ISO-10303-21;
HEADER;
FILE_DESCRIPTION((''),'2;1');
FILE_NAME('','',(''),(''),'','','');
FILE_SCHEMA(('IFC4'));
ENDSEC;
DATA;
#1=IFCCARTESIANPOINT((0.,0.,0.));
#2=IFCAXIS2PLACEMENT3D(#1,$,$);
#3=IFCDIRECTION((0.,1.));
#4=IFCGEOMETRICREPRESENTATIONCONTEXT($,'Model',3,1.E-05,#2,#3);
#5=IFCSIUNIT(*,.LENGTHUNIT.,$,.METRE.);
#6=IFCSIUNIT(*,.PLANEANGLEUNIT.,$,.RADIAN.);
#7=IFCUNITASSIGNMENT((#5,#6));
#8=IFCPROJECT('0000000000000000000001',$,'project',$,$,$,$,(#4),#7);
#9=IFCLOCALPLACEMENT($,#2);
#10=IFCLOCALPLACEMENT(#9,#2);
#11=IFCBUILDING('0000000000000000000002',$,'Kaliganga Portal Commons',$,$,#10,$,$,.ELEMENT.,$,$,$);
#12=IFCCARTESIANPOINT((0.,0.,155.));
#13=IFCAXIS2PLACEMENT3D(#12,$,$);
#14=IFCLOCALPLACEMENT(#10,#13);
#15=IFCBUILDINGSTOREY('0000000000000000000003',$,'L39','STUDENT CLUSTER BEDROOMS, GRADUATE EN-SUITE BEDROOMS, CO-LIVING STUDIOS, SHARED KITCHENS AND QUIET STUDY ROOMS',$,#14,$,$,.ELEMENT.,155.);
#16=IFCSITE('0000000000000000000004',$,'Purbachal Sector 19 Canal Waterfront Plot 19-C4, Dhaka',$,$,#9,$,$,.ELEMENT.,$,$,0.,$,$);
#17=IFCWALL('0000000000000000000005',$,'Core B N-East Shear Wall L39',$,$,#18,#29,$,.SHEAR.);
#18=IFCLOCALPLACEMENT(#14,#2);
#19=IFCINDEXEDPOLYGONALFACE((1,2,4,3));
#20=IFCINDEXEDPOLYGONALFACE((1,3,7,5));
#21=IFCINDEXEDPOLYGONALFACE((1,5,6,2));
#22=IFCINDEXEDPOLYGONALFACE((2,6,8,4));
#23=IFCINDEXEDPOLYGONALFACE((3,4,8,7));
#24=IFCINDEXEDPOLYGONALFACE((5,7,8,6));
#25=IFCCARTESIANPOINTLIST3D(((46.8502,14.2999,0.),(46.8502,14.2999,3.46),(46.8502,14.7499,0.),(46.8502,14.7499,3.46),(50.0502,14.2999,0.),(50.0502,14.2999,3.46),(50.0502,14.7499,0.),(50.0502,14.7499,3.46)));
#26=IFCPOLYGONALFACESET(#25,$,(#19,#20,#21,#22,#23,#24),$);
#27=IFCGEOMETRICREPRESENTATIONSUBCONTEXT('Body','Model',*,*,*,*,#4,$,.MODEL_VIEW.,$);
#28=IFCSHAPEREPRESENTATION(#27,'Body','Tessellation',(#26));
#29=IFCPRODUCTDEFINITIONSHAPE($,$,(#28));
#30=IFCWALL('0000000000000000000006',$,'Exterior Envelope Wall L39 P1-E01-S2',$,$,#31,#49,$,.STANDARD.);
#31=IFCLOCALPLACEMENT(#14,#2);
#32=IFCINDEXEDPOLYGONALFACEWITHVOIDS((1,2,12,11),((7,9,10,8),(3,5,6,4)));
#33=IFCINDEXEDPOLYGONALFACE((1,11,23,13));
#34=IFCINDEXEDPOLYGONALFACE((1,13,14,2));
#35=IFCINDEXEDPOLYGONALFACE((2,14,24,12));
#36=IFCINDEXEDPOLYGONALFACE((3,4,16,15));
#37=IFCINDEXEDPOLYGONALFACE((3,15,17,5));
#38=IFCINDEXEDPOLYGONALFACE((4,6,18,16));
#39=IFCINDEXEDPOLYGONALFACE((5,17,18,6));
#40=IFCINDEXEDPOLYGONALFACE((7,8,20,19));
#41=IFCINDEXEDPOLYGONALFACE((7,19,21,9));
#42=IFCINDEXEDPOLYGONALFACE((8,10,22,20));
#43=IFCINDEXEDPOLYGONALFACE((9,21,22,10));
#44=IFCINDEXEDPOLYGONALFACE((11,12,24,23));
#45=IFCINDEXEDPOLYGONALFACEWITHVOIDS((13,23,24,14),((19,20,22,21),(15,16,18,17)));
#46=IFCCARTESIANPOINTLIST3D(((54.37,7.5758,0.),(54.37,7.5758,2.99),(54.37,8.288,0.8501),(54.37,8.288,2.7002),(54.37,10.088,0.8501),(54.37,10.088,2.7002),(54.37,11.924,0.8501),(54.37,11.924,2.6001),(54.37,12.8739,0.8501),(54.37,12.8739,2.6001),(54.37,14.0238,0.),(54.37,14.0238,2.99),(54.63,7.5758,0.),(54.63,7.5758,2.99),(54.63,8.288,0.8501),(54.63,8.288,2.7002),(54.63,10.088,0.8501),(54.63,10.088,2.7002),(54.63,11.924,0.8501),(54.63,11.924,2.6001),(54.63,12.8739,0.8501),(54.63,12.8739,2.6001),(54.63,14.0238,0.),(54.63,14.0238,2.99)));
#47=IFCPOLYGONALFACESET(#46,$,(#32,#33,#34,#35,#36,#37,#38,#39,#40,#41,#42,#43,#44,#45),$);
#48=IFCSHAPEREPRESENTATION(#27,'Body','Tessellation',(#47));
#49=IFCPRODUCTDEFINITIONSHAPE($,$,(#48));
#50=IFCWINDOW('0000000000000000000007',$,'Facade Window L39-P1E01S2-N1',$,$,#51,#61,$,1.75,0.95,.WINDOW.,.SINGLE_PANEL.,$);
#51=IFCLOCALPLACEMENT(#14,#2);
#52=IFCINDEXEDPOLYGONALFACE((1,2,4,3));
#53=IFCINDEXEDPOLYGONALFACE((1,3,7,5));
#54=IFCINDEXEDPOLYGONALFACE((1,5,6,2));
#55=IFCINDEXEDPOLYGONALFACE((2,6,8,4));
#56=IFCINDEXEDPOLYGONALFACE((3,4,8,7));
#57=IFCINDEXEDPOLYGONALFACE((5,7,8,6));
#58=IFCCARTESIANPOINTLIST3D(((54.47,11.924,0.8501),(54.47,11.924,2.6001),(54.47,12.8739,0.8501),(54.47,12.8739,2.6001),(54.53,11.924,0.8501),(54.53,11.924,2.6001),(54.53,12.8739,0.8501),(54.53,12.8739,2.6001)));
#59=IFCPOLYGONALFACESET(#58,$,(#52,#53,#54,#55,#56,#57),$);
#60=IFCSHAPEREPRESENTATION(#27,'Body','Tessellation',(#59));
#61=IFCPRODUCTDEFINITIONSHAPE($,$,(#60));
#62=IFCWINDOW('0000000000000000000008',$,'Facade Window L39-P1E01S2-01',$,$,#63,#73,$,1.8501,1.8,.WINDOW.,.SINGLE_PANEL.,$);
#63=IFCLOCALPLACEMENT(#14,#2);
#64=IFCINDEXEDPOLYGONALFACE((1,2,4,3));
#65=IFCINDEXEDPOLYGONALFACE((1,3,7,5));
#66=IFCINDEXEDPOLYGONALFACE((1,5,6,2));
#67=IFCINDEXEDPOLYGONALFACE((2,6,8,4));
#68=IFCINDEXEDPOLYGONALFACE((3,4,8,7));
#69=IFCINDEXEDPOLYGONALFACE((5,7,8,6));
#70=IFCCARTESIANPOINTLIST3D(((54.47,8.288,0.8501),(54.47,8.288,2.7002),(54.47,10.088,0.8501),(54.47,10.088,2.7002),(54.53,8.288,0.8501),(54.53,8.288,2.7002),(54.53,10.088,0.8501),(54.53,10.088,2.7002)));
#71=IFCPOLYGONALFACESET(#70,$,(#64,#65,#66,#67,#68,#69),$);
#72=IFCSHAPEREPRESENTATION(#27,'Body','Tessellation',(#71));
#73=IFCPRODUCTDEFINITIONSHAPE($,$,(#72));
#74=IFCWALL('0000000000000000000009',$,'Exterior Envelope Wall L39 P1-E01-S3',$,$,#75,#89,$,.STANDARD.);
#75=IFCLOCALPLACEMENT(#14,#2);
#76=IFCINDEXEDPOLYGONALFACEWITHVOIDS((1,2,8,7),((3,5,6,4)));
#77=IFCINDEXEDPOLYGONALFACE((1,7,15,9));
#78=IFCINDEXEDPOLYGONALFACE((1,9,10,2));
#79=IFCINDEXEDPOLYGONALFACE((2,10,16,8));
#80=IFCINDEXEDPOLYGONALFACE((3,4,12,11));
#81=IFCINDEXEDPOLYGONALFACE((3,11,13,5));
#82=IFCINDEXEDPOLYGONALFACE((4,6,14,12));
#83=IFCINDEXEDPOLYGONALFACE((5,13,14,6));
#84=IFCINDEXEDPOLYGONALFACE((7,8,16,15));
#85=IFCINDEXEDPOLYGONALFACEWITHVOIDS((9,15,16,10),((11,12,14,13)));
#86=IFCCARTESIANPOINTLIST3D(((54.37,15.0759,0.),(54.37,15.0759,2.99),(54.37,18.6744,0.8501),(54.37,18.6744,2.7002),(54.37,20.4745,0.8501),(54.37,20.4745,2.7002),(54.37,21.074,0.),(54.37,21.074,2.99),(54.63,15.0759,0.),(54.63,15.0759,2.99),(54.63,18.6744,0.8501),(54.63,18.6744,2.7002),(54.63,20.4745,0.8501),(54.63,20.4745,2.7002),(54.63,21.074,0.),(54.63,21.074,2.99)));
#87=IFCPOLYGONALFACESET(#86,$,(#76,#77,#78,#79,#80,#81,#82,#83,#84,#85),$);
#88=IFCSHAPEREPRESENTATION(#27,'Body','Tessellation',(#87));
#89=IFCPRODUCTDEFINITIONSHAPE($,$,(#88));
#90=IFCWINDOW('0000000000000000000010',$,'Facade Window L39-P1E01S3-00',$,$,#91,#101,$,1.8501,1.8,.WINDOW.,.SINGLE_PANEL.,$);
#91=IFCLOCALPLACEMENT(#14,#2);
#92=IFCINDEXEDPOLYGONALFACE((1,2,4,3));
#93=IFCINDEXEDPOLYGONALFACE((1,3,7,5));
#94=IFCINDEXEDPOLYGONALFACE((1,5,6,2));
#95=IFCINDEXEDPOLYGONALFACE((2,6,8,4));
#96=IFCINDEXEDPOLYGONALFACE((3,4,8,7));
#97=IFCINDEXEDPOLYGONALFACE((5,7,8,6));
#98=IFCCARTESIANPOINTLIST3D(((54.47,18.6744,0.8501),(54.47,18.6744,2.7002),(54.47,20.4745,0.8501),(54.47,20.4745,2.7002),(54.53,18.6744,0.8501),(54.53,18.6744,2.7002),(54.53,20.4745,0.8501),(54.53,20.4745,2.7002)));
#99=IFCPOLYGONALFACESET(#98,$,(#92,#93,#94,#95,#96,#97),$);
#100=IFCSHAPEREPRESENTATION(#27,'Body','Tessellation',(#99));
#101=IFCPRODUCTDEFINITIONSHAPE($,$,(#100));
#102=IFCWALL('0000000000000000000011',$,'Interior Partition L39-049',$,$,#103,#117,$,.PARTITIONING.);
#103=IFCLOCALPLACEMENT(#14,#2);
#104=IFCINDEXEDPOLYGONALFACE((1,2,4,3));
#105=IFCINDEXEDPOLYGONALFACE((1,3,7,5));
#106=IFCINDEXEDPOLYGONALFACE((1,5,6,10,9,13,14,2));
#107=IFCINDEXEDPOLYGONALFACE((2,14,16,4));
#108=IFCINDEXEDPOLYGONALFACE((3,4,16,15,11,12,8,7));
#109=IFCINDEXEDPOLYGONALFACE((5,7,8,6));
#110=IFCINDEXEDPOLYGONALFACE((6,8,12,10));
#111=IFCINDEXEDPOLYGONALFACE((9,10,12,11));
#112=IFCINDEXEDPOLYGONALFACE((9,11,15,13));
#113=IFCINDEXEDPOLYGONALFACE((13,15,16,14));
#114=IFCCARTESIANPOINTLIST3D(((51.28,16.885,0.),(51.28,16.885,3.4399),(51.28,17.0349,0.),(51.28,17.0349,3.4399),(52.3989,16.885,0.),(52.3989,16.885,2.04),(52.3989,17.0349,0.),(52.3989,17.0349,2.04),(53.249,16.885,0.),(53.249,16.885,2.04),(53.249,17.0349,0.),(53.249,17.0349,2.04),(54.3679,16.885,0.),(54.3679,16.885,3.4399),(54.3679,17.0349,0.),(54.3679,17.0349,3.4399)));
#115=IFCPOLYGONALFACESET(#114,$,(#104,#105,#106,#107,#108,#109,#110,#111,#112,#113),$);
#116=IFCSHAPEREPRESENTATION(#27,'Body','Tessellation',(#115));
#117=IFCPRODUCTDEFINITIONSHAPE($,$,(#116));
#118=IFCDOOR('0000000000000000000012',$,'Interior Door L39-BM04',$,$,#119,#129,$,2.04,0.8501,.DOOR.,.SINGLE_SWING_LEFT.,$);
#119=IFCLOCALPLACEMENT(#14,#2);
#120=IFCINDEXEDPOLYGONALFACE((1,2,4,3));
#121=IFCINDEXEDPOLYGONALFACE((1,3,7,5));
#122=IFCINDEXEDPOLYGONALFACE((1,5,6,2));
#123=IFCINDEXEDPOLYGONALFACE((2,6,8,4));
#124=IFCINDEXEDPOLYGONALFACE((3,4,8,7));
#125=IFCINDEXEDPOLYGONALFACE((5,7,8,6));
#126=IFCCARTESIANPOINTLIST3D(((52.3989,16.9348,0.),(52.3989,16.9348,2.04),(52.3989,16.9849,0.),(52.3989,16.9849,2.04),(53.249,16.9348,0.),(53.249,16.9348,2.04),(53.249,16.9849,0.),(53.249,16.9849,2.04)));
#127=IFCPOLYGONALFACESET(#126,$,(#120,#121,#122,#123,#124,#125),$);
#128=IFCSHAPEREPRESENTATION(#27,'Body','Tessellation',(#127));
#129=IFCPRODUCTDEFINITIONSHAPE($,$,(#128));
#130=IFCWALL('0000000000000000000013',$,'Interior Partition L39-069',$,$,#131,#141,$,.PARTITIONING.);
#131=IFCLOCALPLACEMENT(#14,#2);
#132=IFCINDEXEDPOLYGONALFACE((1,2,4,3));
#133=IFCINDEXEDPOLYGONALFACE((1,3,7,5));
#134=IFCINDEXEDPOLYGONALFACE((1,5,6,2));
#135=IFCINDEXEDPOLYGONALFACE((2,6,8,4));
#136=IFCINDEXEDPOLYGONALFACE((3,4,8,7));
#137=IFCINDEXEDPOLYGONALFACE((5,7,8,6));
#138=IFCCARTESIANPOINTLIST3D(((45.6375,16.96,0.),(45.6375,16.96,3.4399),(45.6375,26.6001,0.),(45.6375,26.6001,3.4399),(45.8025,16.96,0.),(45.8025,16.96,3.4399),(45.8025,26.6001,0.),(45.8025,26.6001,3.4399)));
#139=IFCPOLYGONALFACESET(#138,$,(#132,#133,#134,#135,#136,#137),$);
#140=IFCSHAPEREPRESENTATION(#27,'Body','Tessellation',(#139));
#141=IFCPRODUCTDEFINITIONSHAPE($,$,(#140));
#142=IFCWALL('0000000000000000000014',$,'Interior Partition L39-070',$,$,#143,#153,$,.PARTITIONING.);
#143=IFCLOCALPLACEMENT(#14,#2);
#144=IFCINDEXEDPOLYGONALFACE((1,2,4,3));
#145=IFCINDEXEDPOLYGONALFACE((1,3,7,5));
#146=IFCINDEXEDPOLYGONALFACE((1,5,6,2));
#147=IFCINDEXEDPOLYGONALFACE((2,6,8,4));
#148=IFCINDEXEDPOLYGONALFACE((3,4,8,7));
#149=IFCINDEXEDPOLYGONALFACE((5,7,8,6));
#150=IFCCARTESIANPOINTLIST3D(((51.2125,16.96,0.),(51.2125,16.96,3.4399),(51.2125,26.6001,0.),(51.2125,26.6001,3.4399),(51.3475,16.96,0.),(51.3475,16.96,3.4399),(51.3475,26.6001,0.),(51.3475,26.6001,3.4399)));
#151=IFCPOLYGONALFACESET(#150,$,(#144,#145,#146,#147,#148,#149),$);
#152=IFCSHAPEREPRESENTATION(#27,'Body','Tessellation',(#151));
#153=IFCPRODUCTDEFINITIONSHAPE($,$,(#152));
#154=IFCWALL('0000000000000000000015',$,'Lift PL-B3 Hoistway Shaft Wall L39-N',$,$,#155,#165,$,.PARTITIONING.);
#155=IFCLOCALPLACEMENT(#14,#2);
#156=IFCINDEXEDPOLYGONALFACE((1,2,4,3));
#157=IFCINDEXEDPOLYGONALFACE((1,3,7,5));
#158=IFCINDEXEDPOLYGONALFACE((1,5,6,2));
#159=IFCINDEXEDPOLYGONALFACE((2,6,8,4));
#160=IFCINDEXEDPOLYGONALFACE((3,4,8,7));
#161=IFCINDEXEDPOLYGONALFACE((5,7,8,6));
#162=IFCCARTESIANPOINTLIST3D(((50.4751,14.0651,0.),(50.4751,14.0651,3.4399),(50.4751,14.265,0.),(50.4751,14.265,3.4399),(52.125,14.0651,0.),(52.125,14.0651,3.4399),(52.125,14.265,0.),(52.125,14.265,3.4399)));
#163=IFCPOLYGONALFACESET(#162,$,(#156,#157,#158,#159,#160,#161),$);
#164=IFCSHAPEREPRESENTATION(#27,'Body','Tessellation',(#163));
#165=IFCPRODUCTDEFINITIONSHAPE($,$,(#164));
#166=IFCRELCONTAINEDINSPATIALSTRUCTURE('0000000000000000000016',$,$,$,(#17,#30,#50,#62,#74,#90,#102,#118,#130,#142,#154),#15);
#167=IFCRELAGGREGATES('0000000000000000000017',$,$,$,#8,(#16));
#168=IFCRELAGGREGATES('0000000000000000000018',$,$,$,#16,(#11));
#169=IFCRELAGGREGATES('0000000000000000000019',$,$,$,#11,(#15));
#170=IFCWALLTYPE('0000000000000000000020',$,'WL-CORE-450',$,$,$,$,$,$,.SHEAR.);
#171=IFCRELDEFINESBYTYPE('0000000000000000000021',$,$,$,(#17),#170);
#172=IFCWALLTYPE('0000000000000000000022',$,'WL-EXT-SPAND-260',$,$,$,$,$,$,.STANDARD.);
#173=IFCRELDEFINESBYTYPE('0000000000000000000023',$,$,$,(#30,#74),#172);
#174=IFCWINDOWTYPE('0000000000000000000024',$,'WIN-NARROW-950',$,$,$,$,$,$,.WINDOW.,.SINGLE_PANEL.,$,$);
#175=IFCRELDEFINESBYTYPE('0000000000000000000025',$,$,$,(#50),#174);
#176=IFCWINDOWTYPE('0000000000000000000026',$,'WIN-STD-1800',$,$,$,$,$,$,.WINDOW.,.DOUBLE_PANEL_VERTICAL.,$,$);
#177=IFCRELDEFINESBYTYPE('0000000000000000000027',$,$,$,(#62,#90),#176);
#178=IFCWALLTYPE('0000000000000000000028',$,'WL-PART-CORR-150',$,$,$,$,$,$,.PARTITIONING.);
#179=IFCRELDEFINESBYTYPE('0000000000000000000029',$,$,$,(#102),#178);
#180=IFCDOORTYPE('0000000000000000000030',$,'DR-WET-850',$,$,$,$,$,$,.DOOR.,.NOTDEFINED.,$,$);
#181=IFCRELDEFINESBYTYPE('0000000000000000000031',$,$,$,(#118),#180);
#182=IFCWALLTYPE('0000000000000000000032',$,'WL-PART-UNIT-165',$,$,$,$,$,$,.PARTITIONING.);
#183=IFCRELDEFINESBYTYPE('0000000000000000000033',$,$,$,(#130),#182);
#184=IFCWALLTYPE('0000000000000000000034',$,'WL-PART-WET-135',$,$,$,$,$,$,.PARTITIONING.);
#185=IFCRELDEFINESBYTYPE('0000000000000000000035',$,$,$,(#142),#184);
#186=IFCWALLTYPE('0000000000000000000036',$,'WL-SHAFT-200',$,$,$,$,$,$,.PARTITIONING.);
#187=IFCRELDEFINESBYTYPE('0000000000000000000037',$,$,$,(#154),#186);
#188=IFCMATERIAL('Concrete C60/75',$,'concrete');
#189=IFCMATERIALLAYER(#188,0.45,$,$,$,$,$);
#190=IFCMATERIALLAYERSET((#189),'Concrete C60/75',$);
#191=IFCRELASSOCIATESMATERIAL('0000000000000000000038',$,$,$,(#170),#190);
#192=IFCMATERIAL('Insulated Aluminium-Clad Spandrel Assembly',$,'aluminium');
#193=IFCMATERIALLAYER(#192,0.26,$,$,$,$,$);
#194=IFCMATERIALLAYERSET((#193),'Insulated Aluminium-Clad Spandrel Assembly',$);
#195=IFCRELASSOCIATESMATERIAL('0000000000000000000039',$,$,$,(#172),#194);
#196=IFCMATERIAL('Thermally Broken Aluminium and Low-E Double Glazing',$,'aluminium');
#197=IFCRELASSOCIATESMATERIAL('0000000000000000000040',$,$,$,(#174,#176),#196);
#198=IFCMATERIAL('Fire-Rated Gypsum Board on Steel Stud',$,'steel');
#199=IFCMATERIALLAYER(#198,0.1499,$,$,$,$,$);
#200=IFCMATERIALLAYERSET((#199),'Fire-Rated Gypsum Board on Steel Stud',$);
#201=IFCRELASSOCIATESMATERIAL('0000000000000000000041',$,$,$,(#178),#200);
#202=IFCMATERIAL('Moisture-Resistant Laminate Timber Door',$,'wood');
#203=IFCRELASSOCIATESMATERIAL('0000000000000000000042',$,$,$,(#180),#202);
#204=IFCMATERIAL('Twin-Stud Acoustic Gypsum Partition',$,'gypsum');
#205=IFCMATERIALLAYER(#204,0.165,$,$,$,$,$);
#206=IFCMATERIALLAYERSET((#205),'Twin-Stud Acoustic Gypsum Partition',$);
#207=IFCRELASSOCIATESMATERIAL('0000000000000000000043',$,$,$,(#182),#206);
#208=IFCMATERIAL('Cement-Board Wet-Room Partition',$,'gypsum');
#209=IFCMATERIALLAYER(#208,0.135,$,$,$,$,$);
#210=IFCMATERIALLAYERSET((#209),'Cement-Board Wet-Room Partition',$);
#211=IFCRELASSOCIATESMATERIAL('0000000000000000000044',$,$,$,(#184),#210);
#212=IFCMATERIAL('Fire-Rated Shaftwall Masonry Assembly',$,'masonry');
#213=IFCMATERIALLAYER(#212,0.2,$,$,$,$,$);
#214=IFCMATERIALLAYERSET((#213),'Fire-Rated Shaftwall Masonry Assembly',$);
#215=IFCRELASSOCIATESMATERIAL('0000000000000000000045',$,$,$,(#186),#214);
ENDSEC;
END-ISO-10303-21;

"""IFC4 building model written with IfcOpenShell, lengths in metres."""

from ifc_helpers import new_model, si_unit, direction, frame, frame_2d, origin, place, context, subcontext, project, spatial, rectangle, extrude, material, layer, layer_set, type_object, element, fill, save


model = new_model("IFC4")

# Units and contexts
model_context = context("Model", 3, precision=1e-05, world=origin(), true_north=direction((0.0, 1.0)))
body_context = subcontext(model_context, "Body", "Model", "MODEL_VIEW")
ifc_project = project(units=[si_unit("LENGTHUNIT", "METRE"), si_unit("PLANEANGLEUNIT", "RADIAN")], contexts=[model_context])

# Site, building, storey
site_placement = place(None, origin())
site = spatial("IfcSite", under=ifc_project, at=site_placement, Name="Purbachal Sector 19 Canal Waterfront Plot 19-C4, Dhaka", CompositionType="ELEMENT", RefElevation=0.0)
building_placement = place(site_placement, origin())
building = spatial("IfcBuilding", under=site, at=building_placement, Name="Kaliganga Portal Commons", CompositionType="ELEMENT")
storey_placement = place(building_placement, frame((0.0, 0.0, 155.0)))
storey = spatial("IfcBuildingStorey", under=building, at=storey_placement, Name="L39", Description="STUDENT CLUSTER BEDROOMS, GRADUATE EN-SUITE BEDROOMS, CO-LIVING STUDIOS, SHARED KITCHENS AND QUIET STUDY ROOMS", CompositionType="ELEMENT", Elevation=155.0)

# Shared definitions
ifc_material_1 = material(Name="Concrete C60/75", Category="concrete")

# Wall
ifc_layer_1 = layer(ifc_material_1, 0.45)
ifc_layer_set_1 = layer_set([ifc_layer_1], Name="Concrete C60/75")
wall_type_1 = type_object("IfcWallType", Name="WL-CORE-450", PredefinedType="SHEAR", material=ifc_layer_set_1)
wall_1_placement = place(storey_placement, frame((46.8501, 14.5249, 0.0), z_axis=(0.0, 0.0, 1.0), x_axis=(1.0, 0.0, 0.0)))
element("IfcWall", 1, at=wall_1_placement, inside=storey, type_object=wall_type_1, Name="Core B N-East Shear Wall L39", PredefinedType="SHEAR", context=body_context, shape_type="SweptSolid", body=[
    extrude(rectangle(XDim=3.2, YDim=0.45, at=frame_2d((1.6001, 0.0))), origin(), (0.0, 0.0, 1.0), 3.46),
])

# Wall, openings, windows
ifc_material_2 = material(Name="Insulated Aluminium-Clad Spandrel Assembly", Category="aluminium")
ifc_layer_2 = layer(ifc_material_2, 0.26)
ifc_layer_set_2 = layer_set([ifc_layer_2], Name="Insulated Aluminium-Clad Spandrel Assembly")
wall_type_2 = type_object("IfcWallType", Name="WL-EXT-SPAND-260", PredefinedType="STANDARD", material=ifc_layer_set_2)
wall_2_placement = place(storey_placement, frame((54.5, 14.0239, 0.0), z_axis=(0.0, 0.0, 1.0), x_axis=(0.0, -1.0, 0.0)))
wall_2 = element("IfcWall", 2, at=wall_2_placement, inside=storey, type_object=wall_type_2, Name="Exterior Envelope Wall L39 P1-E01-S2", PredefinedType="STANDARD", context=body_context, shape_type="SweptSolid", body=[
    extrude(rectangle(XDim=6.448, YDim=0.26, at=frame_2d((3.2241, 0.0))), origin(), (0.0, 0.0, 1.0), 2.99),
])
opening_1_placement = place(wall_2_placement, frame((3.936, 0.0, 0.8501)))
opening_1 = element("IfcOpeningElement", 3, at=opening_1_placement, cuts=wall_2, PredefinedType="OPENING", context=body_context, shape_type="SweptSolid", body=[
    extrude(rectangle(XDim=1.8, YDim=1.8501, at=frame_2d((0.8999, 0.925))), frame((0.0, 0.1401, 0.0), z_axis=(0.0, -1.0, 0.0), x_axis=(1.0, 0.0, 0.0)), (0.0, 0.0, 1.0), 0.28),
])
opening_2_placement = place(wall_2_placement, frame((1.1499, 0.0, 0.8501)))
opening_2 = element("IfcOpeningElement", 4, at=opening_2_placement, cuts=wall_2, PredefinedType="OPENING", context=body_context, shape_type="SweptSolid", body=[
    extrude(rectangle(XDim=0.95, YDim=1.75, at=frame_2d((0.4751, 0.875))), frame((0.0, 0.1401, 0.0), z_axis=(0.0, -1.0, 0.0), x_axis=(1.0, 0.0, 0.0)), (0.0, 0.0, 1.0), 0.28),
])
ifc_material_3 = material(Name="Thermally Broken Aluminium and Low-E Double Glazing", Category="aluminium")
window_type_1 = type_object("IfcWindowType", Name="WIN-NARROW-950", PartitioningType="SINGLE_PANEL", PredefinedType="WINDOW", material=ifc_material_3)
window_1_placement = place(opening_2_placement, origin())
window_1 = element("IfcWindow", 5, at=window_1_placement, inside=storey, type_object=window_type_1, Name="Facade Window L39-P1E01S2-N1", OverallHeight=1.75, OverallWidth=0.95, PartitioningType="SINGLE_PANEL", PredefinedType="WINDOW", context=body_context, shape_type="SweptSolid", body=[
    extrude(rectangle(XDim=0.95, YDim=1.75, at=frame_2d((0.4751, 0.875))), frame((0.0, 0.03, 0.0), z_axis=(0.0, -1.0, 0.0), x_axis=(1.0, 0.0, 0.0)), (0.0, 0.0, 1.0), 0.0601),
])
fill(opening_2, window_1)
window_type_2 = type_object("IfcWindowType", Name="WIN-STD-1800", PartitioningType="DOUBLE_PANEL_VERTICAL", PredefinedType="WINDOW", material=ifc_material_3)
window_2_placement = place(opening_1_placement, origin())
window_2 = element("IfcWindow", 6, at=window_2_placement, inside=storey, type_object=window_type_2, Name="Facade Window L39-P1E01S2-01", OverallHeight=1.8501, OverallWidth=1.8, PartitioningType="SINGLE_PANEL", PredefinedType="WINDOW", context=body_context, shape_type="SweptSolid", body=[
    extrude(rectangle(XDim=1.8, YDim=1.8501, at=frame_2d((0.8999, 0.925))), frame((0.0, 0.03, 0.0), z_axis=(0.0, -1.0, 0.0), x_axis=(1.0, 0.0, 0.0)), (0.0, 0.0, 1.0), 0.0601),
])
fill(opening_1, window_2)

# Wall, opening, window
wall_3_placement = place(storey_placement, frame((54.5, 21.074, 0.0), z_axis=(0.0, 0.0, 1.0), x_axis=(0.0, -1.0, 0.0)))
wall_3 = element("IfcWall", 7, at=wall_3_placement, inside=storey, type_object=wall_type_2, Name="Exterior Envelope Wall L39 P1-E01-S3", PredefinedType="STANDARD", context=body_context, shape_type="SweptSolid", body=[
    extrude(rectangle(XDim=5.998, YDim=0.26, at=frame_2d((2.999, 0.0))), origin(), (0.0, 0.0, 1.0), 2.99),
])
opening_3_placement = place(wall_3_placement, frame((0.5996, 0.0, 0.8501)))
opening_3 = element("IfcOpeningElement", 8, at=opening_3_placement, cuts=wall_3, PredefinedType="OPENING", context=body_context, shape_type="SweptSolid", body=[
    extrude(rectangle(XDim=1.8, YDim=1.8501, at=frame_2d((0.8999, 0.925))), frame((0.0, 0.1401, 0.0), z_axis=(0.0, -1.0, 0.0), x_axis=(1.0, 0.0, 0.0)), (0.0, 0.0, 1.0), 0.28),
])
window_3_placement = place(opening_3_placement, origin())
window_3 = element("IfcWindow", 9, at=window_3_placement, inside=storey, type_object=window_type_2, Name="Facade Window L39-P1E01S3-00", OverallHeight=1.8501, OverallWidth=1.8, PartitioningType="SINGLE_PANEL", PredefinedType="WINDOW", context=body_context, shape_type="SweptSolid", body=[
    extrude(rectangle(XDim=1.8, YDim=1.8501, at=frame_2d((0.8999, 0.925))), frame((0.0, 0.03, 0.0), z_axis=(0.0, -1.0, 0.0), x_axis=(1.0, 0.0, 0.0)), (0.0, 0.0, 1.0), 0.0601),
])
fill(opening_3, window_3)

# Wall, opening, door
ifc_material_4 = material(Name="Fire-Rated Gypsum Board on Steel Stud", Category="steel")
ifc_layer_3 = layer(ifc_material_4, 0.1499)
ifc_layer_set_3 = layer_set([ifc_layer_3], Name="Fire-Rated Gypsum Board on Steel Stud")
wall_type_3 = type_object("IfcWallType", Name="WL-PART-CORR-150", PredefinedType="PARTITIONING", material=ifc_layer_set_3)
wall_4_placement = place(storey_placement, frame((51.28, 16.96, 0.0), z_axis=(0.0, 0.0, 1.0), x_axis=(1.0, 0.0, 0.0)))
wall_4 = element("IfcWall", 10, at=wall_4_placement, inside=storey, type_object=wall_type_3, Name="Interior Partition L39-049", PredefinedType="PARTITIONING", context=body_context, shape_type="SweptSolid", body=[
    extrude(rectangle(XDim=3.0879, YDim=0.1499, at=frame_2d((1.5439, 0.0))), origin(), (0.0, 0.0, 1.0), 3.4399),
])
opening_4_placement = place(wall_4_placement, frame((1.1189, 0.0, 0.0)))
opening_4 = element("IfcOpeningElement", 11, at=opening_4_placement, cuts=wall_4, PredefinedType="OPENING", context=body_context, shape_type="SweptSolid", body=[
    extrude(rectangle(XDim=0.8501, YDim=2.04, at=frame_2d((0.425, 1.02))), frame((0.0, 0.085, 0.0), z_axis=(0.0, -1.0, 0.0), x_axis=(1.0, 0.0, 0.0)), (0.0, 0.0, 1.0), 0.1699),
])
ifc_material_5 = material(Name="Moisture-Resistant Laminate Timber Door", Category="wood")
door_type_1 = type_object("IfcDoorType", Name="DR-WET-850", OperationType="NOTDEFINED", PredefinedType="DOOR", material=ifc_material_5)
door_1_placement = place(opening_4_placement, origin())
door_1 = element("IfcDoor", 12, at=door_1_placement, inside=storey, type_object=door_type_1, Name="Interior Door L39-BM04", OperationType="SINGLE_SWING_LEFT", OverallHeight=2.04, OverallWidth=0.8501, PredefinedType="DOOR", context=body_context, shape_type="SweptSolid", body=[
    extrude(rectangle(XDim=0.8501, YDim=2.04, at=frame_2d((0.425, 1.02))), frame((0.0, 0.0249, 0.0), z_axis=(0.0, -1.0, 0.0), x_axis=(1.0, 0.0, 0.0)), (0.0, 0.0, 1.0), 0.05),
])
fill(opening_4, door_1)

# Walls
ifc_material_6 = material(Name="Twin-Stud Acoustic Gypsum Partition", Category="gypsum")
ifc_layer_4 = layer(ifc_material_6, 0.165)
ifc_layer_set_4 = layer_set([ifc_layer_4], Name="Twin-Stud Acoustic Gypsum Partition")
wall_type_4 = type_object("IfcWallType", Name="WL-PART-UNIT-165", PredefinedType="PARTITIONING", material=ifc_layer_set_4)
wall_5_placement = place(storey_placement, frame((45.72, 16.96, 0.0), z_axis=(0.0, 0.0, 1.0), x_axis=(0.0, 1.0, 0.0)))
element("IfcWall", 13, at=wall_5_placement, inside=storey, type_object=wall_type_4, Name="Interior Partition L39-069", PredefinedType="PARTITIONING", context=body_context, shape_type="SweptSolid", body=[
    extrude(rectangle(XDim=9.6401, YDim=0.165, at=frame_2d((4.8201, 0.0))), origin(), (0.0, 0.0, 1.0), 3.4399),
])
ifc_material_7 = material(Name="Cement-Board Wet-Room Partition", Category="gypsum")
ifc_layer_5 = layer(ifc_material_7, 0.135)
ifc_layer_set_5 = layer_set([ifc_layer_5], Name="Cement-Board Wet-Room Partition")
wall_type_5 = type_object("IfcWallType", Name="WL-PART-WET-135", PredefinedType="PARTITIONING", material=ifc_layer_set_5)
wall_6_placement = place(storey_placement, frame((51.28, 16.96, 0.0), z_axis=(0.0, 0.0, 1.0), x_axis=(0.0, 1.0, 0.0)))
element("IfcWall", 14, at=wall_6_placement, inside=storey, type_object=wall_type_5, Name="Interior Partition L39-070", PredefinedType="PARTITIONING", context=body_context, shape_type="SweptSolid", body=[
    extrude(rectangle(XDim=9.6401, YDim=0.135, at=frame_2d((4.8201, 0.0))), origin(), (0.0, 0.0, 1.0), 3.4399),
])

# Shared definitions
ifc_material_8 = material(Name="Fire-Rated Shaftwall Masonry Assembly", Category="masonry")
ifc_layer_6 = layer(ifc_material_8, 0.2)
ifc_layer_set_6 = layer_set([ifc_layer_6], Name="Fire-Rated Shaftwall Masonry Assembly")
wall_type_6 = type_object("IfcWallType", Name="WL-SHAFT-200", PredefinedType="PARTITIONING", material=ifc_layer_set_6)

# Wall
wall_7_placement = place(storey_placement, frame((50.4751, 14.165, 0.0), z_axis=(0.0, 0.0, 1.0), x_axis=(1.0, 0.0, 0.0)))
element("IfcWall", 15, at=wall_7_placement, inside=storey, type_object=wall_type_6, Name="Lift PL-B3 Hoistway Shaft Wall L39-N", PredefinedType="PARTITIONING", context=body_context, shape_type="SweptSolid", body=[
    extrude(rectangle(XDim=1.6499, YDim=0.2, at=frame_2d((0.825, 0.0))), origin(), (0.0, 0.0, 1.0), 3.4399),
])

save(model, "model.ifc")
